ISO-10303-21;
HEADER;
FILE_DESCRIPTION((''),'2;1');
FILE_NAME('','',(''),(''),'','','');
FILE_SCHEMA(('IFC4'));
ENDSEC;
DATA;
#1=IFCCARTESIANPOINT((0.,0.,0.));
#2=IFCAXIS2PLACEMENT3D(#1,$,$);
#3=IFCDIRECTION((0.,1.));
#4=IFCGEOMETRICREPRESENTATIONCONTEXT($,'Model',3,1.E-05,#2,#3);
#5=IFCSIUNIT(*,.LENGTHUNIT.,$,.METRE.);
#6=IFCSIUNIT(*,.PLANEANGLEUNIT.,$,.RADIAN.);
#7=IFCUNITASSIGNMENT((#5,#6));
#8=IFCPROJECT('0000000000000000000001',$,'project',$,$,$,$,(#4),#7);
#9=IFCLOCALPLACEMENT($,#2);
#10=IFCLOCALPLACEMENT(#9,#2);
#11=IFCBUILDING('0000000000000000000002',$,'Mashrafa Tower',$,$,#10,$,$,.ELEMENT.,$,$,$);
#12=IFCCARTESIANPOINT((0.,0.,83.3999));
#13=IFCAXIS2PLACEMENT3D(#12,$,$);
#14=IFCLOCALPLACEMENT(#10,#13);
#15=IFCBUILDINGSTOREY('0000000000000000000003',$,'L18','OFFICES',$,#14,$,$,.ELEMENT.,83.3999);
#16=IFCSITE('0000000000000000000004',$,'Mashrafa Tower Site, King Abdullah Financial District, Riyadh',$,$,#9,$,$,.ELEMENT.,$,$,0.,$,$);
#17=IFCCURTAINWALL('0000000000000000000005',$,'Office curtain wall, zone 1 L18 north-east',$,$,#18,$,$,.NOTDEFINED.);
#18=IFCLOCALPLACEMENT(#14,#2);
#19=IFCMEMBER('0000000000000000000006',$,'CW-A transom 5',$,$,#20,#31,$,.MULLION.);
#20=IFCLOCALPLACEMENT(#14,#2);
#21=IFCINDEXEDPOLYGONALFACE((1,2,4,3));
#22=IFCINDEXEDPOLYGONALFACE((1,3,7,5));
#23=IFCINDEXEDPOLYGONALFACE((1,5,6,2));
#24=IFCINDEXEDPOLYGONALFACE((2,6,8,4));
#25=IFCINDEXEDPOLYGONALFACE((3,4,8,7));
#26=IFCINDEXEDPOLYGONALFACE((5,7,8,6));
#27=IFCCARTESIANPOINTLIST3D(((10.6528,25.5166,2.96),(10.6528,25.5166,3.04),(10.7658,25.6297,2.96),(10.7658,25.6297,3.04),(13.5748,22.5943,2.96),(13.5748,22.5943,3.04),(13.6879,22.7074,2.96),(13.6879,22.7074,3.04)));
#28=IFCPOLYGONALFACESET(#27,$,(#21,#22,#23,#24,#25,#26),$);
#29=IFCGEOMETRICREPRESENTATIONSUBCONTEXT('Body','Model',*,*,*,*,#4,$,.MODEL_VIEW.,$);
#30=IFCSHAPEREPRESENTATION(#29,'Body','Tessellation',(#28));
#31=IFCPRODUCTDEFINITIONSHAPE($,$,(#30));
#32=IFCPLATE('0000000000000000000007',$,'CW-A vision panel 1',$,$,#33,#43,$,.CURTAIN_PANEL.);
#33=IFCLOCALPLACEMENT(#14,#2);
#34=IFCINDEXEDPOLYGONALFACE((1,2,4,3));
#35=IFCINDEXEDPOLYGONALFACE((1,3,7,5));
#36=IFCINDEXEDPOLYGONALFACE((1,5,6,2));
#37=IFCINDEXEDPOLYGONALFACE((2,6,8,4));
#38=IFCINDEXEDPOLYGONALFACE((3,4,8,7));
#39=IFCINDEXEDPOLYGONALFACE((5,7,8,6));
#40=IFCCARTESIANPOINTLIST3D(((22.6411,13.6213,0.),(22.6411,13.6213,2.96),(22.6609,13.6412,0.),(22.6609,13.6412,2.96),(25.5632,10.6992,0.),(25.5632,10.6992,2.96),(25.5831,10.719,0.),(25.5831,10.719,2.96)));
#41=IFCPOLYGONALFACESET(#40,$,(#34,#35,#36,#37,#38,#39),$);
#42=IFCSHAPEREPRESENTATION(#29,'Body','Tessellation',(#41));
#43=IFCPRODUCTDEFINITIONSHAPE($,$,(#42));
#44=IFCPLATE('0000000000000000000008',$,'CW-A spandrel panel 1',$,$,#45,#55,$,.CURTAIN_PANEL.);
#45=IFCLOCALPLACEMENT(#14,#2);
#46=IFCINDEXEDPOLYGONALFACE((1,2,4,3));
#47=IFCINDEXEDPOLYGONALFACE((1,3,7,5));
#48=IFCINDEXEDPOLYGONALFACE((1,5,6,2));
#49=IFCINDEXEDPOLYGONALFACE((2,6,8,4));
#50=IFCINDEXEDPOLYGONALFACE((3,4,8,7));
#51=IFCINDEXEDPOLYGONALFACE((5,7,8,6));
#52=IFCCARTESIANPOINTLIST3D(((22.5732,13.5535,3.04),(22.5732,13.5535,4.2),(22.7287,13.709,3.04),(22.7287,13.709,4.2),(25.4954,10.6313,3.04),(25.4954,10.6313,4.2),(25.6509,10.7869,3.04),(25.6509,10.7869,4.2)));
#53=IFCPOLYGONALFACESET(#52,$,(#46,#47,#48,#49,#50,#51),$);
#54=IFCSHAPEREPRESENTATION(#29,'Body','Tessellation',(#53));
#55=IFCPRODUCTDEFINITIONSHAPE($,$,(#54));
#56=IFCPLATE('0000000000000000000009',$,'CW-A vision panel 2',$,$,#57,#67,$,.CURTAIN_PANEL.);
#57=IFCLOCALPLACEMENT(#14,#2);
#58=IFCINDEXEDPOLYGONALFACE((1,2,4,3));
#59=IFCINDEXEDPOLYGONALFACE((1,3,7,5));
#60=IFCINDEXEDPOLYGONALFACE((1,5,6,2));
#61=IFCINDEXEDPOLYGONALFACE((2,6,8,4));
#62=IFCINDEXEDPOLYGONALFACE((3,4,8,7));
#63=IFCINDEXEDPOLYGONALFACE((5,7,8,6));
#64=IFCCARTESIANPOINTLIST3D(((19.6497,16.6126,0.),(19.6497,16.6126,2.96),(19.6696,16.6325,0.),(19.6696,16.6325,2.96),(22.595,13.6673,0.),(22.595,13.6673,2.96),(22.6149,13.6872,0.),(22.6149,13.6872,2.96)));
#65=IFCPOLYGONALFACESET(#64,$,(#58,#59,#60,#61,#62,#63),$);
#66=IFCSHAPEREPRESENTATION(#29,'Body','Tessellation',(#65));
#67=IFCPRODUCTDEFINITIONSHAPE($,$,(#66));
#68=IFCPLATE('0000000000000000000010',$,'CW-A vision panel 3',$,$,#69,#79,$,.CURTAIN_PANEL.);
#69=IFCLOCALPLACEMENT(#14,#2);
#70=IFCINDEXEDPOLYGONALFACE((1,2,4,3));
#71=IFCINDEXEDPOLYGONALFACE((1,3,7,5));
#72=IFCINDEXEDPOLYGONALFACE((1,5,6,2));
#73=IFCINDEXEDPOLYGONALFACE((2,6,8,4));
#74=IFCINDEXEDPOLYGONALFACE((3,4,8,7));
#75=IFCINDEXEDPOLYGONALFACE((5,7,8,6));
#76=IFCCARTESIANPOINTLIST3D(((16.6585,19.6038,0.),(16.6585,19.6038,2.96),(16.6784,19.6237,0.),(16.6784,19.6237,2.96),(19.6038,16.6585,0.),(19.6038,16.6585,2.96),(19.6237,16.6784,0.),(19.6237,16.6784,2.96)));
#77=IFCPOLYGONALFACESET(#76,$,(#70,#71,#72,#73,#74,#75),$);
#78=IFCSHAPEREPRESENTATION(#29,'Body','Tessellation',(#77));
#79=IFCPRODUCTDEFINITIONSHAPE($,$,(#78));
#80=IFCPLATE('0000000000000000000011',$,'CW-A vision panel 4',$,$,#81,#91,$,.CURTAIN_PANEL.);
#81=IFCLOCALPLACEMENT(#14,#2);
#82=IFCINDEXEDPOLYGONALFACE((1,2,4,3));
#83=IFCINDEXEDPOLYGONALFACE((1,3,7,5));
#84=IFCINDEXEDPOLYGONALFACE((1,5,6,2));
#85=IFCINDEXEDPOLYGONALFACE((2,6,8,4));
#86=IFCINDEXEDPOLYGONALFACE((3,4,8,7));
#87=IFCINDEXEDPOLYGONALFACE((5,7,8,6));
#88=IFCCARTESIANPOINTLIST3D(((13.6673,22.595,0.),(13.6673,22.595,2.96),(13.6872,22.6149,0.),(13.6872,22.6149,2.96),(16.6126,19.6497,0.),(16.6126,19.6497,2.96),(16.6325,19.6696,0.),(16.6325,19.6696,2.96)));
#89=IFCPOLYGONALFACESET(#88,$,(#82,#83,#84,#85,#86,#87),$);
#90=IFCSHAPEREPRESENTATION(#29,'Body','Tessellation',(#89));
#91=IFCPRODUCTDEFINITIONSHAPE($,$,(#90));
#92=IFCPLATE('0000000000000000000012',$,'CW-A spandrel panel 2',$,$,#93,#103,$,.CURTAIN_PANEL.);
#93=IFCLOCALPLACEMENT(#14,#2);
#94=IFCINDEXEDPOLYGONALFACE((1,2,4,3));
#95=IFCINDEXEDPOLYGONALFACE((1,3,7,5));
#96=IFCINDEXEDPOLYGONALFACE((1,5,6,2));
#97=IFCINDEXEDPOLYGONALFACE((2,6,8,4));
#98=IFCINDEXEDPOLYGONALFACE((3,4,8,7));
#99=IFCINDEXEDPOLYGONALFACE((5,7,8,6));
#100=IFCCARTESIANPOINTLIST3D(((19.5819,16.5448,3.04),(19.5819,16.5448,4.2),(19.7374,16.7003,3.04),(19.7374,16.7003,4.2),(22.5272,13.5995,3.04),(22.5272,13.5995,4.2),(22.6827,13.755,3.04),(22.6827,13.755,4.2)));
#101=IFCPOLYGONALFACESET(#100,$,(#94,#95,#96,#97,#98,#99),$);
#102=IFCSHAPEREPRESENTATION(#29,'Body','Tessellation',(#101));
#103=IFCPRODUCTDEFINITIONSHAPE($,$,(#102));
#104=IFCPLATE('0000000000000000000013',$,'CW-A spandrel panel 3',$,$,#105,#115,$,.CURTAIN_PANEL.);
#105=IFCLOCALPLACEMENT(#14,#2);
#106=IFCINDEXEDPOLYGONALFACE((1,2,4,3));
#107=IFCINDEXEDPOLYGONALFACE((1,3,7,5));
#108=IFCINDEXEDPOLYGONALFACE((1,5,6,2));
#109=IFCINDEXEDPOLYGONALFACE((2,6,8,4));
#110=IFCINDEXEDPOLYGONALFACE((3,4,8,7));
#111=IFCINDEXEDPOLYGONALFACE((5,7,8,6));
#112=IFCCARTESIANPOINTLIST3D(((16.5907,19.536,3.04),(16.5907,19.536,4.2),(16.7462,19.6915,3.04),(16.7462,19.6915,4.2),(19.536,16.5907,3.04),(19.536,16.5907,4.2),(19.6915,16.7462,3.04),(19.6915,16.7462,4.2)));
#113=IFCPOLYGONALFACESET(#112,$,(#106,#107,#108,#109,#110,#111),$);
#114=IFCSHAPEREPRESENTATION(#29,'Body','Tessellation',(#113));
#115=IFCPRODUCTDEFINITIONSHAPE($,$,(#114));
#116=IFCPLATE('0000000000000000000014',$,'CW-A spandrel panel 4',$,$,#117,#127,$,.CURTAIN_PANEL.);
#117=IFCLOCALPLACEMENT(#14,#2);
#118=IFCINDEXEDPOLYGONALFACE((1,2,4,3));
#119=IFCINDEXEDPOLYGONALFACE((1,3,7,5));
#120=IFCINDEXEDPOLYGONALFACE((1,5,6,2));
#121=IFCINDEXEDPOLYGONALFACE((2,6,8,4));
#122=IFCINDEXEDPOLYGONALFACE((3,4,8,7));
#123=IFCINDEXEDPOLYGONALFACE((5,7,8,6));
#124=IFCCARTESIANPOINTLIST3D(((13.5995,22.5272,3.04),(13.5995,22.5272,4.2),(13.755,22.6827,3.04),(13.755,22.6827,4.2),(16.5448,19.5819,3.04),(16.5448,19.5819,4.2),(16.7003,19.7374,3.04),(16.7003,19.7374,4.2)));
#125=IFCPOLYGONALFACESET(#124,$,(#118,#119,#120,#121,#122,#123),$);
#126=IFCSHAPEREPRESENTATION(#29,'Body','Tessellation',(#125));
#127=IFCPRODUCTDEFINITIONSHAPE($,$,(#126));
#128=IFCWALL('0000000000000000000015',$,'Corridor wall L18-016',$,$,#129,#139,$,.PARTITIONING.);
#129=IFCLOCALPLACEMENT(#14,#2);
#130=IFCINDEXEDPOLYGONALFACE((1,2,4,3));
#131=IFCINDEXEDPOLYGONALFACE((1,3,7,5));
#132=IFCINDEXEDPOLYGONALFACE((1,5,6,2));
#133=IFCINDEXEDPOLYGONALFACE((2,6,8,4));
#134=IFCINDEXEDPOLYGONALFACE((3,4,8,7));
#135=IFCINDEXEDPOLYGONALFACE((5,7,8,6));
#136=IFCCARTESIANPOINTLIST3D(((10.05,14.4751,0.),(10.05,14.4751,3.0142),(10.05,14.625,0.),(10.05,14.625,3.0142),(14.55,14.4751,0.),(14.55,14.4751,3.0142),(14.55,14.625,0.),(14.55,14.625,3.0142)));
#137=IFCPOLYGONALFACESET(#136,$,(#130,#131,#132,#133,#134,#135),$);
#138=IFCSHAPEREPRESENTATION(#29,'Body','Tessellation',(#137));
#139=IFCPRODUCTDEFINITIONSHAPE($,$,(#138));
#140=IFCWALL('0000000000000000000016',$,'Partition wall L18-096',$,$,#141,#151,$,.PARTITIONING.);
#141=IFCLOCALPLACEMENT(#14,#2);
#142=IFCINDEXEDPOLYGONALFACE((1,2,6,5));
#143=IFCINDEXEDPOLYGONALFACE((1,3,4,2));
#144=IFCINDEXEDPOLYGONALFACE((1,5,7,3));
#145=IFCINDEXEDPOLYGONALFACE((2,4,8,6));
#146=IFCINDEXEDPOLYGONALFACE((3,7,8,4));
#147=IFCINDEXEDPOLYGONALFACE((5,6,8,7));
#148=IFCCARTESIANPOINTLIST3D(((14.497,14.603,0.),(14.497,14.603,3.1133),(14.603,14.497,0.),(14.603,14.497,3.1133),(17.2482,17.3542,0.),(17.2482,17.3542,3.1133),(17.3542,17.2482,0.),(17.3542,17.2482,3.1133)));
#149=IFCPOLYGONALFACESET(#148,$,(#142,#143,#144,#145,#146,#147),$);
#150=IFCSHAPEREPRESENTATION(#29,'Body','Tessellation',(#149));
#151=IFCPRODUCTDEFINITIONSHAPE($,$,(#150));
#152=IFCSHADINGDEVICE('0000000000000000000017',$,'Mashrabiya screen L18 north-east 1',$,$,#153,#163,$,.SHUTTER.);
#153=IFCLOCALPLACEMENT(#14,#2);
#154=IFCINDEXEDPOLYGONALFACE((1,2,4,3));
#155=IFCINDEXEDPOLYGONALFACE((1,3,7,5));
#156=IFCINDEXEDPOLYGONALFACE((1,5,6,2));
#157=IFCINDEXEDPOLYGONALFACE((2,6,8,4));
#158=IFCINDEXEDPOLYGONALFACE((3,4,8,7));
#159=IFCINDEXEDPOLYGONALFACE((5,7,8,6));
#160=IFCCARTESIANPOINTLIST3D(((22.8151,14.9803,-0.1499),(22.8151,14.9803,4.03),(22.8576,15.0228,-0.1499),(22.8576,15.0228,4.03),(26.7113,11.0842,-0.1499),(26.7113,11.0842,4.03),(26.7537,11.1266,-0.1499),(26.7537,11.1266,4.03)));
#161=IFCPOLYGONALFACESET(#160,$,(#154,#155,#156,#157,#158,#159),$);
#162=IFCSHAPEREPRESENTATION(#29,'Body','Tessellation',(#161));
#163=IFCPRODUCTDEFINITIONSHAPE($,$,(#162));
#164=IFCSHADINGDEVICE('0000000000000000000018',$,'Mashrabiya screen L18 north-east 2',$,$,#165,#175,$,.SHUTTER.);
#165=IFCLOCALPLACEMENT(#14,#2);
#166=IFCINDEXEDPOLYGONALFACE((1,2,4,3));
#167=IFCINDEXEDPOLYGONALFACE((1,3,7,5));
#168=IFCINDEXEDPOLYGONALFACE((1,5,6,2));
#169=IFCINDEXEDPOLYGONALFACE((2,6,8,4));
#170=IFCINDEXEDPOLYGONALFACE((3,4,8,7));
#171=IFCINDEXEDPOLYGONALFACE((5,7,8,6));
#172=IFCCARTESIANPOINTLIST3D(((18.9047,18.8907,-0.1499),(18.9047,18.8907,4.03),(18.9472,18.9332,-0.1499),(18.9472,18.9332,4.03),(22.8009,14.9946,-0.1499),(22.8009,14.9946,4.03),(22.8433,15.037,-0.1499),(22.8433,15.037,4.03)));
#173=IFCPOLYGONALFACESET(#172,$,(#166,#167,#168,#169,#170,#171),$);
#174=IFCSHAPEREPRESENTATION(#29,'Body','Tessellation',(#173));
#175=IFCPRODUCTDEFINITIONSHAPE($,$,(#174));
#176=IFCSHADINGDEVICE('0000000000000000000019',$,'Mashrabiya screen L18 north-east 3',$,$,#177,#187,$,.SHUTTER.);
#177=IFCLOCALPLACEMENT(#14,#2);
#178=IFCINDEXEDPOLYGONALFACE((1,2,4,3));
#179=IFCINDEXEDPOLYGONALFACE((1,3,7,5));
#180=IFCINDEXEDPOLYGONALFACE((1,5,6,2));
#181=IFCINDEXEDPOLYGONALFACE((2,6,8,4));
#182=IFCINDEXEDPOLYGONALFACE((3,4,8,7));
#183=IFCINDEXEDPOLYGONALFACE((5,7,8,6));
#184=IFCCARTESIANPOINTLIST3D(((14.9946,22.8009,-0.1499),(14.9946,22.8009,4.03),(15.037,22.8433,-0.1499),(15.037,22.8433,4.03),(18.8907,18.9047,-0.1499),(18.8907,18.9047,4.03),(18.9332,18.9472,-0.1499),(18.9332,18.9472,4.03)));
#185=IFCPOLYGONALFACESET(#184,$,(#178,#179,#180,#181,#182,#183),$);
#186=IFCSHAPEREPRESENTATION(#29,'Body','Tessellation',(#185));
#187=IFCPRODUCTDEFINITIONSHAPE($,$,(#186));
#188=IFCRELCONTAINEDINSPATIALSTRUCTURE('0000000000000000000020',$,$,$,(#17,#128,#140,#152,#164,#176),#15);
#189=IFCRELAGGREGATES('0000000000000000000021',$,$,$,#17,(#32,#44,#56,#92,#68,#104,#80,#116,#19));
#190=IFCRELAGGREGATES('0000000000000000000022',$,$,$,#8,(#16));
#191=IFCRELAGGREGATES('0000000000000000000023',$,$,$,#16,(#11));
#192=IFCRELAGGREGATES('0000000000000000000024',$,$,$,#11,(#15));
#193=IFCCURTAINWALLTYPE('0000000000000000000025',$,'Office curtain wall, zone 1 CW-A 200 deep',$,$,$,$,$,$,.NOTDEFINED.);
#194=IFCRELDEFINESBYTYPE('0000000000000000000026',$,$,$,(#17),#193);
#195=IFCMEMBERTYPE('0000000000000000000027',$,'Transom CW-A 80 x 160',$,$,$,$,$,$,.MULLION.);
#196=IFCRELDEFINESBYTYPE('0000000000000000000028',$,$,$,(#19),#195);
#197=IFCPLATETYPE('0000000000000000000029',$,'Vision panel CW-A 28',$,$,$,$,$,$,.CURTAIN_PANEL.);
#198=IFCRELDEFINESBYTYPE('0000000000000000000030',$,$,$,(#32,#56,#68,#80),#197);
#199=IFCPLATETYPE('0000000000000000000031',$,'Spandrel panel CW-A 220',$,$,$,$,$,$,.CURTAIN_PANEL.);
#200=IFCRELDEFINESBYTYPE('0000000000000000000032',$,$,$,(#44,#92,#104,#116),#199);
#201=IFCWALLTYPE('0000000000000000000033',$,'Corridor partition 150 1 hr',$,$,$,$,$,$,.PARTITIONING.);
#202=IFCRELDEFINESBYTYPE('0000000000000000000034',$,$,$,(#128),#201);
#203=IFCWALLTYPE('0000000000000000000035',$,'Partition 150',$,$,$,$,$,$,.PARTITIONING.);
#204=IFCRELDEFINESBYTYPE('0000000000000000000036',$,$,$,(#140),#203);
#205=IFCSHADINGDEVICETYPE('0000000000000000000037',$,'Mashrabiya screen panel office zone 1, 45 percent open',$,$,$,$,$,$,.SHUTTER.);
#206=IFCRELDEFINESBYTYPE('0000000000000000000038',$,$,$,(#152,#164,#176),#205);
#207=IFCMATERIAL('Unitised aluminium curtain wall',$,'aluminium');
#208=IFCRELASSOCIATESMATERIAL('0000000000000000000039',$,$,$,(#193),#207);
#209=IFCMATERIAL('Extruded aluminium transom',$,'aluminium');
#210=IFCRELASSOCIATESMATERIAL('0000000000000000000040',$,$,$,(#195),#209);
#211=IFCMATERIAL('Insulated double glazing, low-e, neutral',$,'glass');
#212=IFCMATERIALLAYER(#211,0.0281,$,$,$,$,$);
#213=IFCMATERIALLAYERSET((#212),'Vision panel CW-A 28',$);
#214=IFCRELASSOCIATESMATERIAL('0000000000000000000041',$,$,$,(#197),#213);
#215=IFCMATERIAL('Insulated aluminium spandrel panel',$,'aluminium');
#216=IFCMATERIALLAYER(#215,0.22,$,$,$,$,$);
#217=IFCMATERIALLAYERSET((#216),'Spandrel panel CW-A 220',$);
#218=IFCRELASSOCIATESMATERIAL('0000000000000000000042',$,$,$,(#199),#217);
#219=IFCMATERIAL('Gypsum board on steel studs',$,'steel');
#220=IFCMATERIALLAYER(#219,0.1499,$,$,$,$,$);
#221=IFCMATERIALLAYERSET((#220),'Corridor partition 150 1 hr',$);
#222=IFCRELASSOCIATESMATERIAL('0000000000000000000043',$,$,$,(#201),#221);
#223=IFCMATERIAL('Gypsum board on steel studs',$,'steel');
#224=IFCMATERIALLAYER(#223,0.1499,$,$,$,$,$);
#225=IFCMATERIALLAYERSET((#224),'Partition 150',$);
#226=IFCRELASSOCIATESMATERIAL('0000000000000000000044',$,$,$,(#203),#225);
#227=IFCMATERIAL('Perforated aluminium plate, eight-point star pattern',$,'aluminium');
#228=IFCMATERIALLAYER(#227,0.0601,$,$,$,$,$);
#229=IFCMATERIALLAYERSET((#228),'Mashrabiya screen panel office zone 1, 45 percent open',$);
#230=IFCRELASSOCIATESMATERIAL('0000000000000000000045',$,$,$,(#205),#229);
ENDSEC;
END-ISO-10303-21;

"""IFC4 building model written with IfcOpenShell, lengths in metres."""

from ifc_helpers import new_model, si_unit, direction, frame, frame_2d, origin, origin_2d, place, context, subcontext, project, spatial, rectangle, extrude, source, transform, mapped, material, layer, layer_set, material_profile, profile_set, type_object, type_shapes, element, aggregate, save


model = new_model("IFC4")

# Units and contexts
model_context = context("Model", 3, precision=1e-05, world=origin(), true_north=direction((0.0, 1.0)))
body_context = subcontext(model_context, "Body", "Model", "MODEL_VIEW")
ifc_project = project(units=[si_unit("LENGTHUNIT", "METRE"), si_unit("PLANEANGLEUNIT", "RADIAN")], contexts=[model_context])

# Site, building, storey
site_placement = place(None, origin())
site = spatial("IfcSite", under=ifc_project, at=site_placement, Name="Mashrafa Tower Site, King Abdullah Financial District, Riyadh", CompositionType="ELEMENT", RefElevation=0.0)
building_placement = place(site_placement, origin())
building = spatial("IfcBuilding", under=site, at=building_placement, Name="Mashrafa Tower", CompositionType="ELEMENT")
storey_placement = place(building_placement, frame((0.0, 0.0, 83.3999)))
storey = spatial("IfcBuildingStorey", under=building, at=storey_placement, Name="L18", Description="OFFICES", CompositionType="ELEMENT", Elevation=83.3999)

# Shared definitions
ifc_material_1 = material(Name="Unitised aluminium curtain wall", Category="aluminium")
curtain_wall_type = type_object("IfcCurtainWallType", Name="Office curtain wall, zone 1 CW-A 200 deep", PredefinedType="NOTDEFINED", material=ifc_material_1)

# Curtain wall, member, plates
curtain_wall_1_placement = place(storey_placement, origin())
curtain_wall_1 = element("IfcCurtainWall", 1, at=curtain_wall_1_placement, inside=storey, type_object=curtain_wall_type, Name="Office curtain wall, zone 1 L18 north-east", PredefinedType="NOTDEFINED")
ifc_material_2 = material(Name="Extruded aluminium transom", Category="aluminium")
ifc_material_profile_1 = material_profile(ifc_material_2, rectangle(XDim=0.1599, YDim=0.0801, at=origin_2d()), Name="Transom 80x160")
ifc_profile_set_1 = profile_set([ifc_material_profile_1], Name="Extruded aluminium transom")
member_type_1 = type_object("IfcMemberType", Name="Transom CW-A 80 x 160", PredefinedType="MULLION", material=ifc_profile_set_1)
shared_shape_1 = source(origin(), body_context, "Body", "SweptSolid", [
    extrude(rectangle(XDim=0.1599, YDim=0.0801, at=origin_2d()), origin(), (0.0, 0.0, 1.0), 4.1326),
])
member_1_placement = place(storey_placement, frame((13.6313, 22.6509, 3.0), z_axis=(-0.707077, 0.707136, 0.0), x_axis=(-0.707136, -0.707077, 0.0)))
member_1 = element("IfcMember", 2, at=member_1_placement, type_object=member_type_1, Name="CW-A transom 5", PredefinedType="MULLION", context=body_context, shape_type="MappedRepresentation", body=[
    mapped(shared_shape_1, transform((0.0, 0.0, 0.0))),
])
ifc_material_3 = material(Name="Insulated double glazing, low-e, neutral", Category="glass")
ifc_layer_1 = layer(ifc_material_3, 0.0281)
ifc_layer_set_1 = layer_set([ifc_layer_1], Name="Vision panel CW-A 28")
plate_type_1 = type_object("IfcPlateType", Name="Vision panel CW-A 28", PredefinedType="CURTAIN_PANEL", material=ifc_layer_set_1)
shared_shape_2 = source(origin(), body_context, "Body", "SweptSolid", [
    extrude(rectangle(XDim=4.1326, YDim=0.0281, at=origin_2d()), origin(), (0.0, 0.0, 1.0), 2.96),
])
plate_1_placement = place(storey_placement, frame((24.1121, 12.1702, 0.0), z_axis=(0.0, 0.0, 1.0), x_axis=(-0.707107, 0.707107, 0.0)))
plate_1 = element("IfcPlate", 3, at=plate_1_placement, type_object=plate_type_1, Name="CW-A vision panel 1", PredefinedType="CURTAIN_PANEL", context=body_context, shape_type="MappedRepresentation", body=[
    mapped(shared_shape_2, transform((0.0, 0.0, 0.0))),
])
ifc_material_4 = material(Name="Insulated aluminium spandrel panel", Category="aluminium")
ifc_layer_2 = layer(ifc_material_4, 0.22)
ifc_layer_set_2 = layer_set([ifc_layer_2], Name="Spandrel panel CW-A 220")
plate_type_2 = type_object("IfcPlateType", Name="Spandrel panel CW-A 220", PredefinedType="CURTAIN_PANEL", material=ifc_layer_set_2)
shared_shape_3 = source(origin(), body_context, "Body", "SweptSolid", [
    extrude(rectangle(XDim=4.1326, YDim=0.22, at=origin_2d()), origin(), (0.0, 0.0, 1.0), 1.1599),
])
plate_2_placement = place(storey_placement, frame((24.1121, 12.1702, 3.04), z_axis=(0.0, 0.0, 1.0), x_axis=(-0.707107, 0.707107, 0.0)))
plate_2 = element("IfcPlate", 4, at=plate_2_placement, type_object=plate_type_2, Name="CW-A spandrel panel 1", PredefinedType="CURTAIN_PANEL", context=body_context, shape_type="MappedRepresentation", body=[
    mapped(shared_shape_3, transform((0.0, 0.0, 0.0))),
])
shared_shape_4 = source(origin(), body_context, "Body", "SweptSolid", [
    extrude(rectangle(XDim=4.1653, YDim=0.0281, at=origin_2d()), origin(), (0.0, 0.0, 1.0), 2.96),
])
type_shapes(plate_type_1, [shared_shape_2, shared_shape_4])
plate_3_placement = place(storey_placement, frame((21.1323, 15.1499, 0.0), z_axis=(0.0, 0.0, 1.0), x_axis=(-0.707107, 0.707107, 0.0)))
plate_3 = element("IfcPlate", 5, at=plate_3_placement, type_object=plate_type_1, Name="CW-A vision panel 2", PredefinedType="CURTAIN_PANEL", context=body_context, shape_type="MappedRepresentation", body=[
    mapped(shared_shape_4, transform((0.0, 0.0, 0.0))),
])
plate_4_placement = place(storey_placement, frame((18.1411, 18.1411, 0.0), z_axis=(0.0, 0.0, 1.0), x_axis=(-0.707107, 0.707107, 0.0)))
plate_4 = element("IfcPlate", 6, at=plate_4_placement, type_object=plate_type_1, Name="CW-A vision panel 3", PredefinedType="CURTAIN_PANEL", context=body_context, shape_type="MappedRepresentation", body=[
    mapped(shared_shape_4, transform((0.0, 0.0, 0.0))),
])
plate_5_placement = place(storey_placement, frame((15.1499, 21.1323, 0.0), z_axis=(0.0, 0.0, 1.0), x_axis=(-0.707107, 0.707107, 0.0)))
plate_5 = element("IfcPlate", 7, at=plate_5_placement, type_object=plate_type_1, Name="CW-A vision panel 4", PredefinedType="CURTAIN_PANEL", context=body_context, shape_type="MappedRepresentation", body=[
    mapped(shared_shape_4, transform((0.0, 0.0, 0.0))),
])
shared_shape_5 = source(origin(), body_context, "Body", "SweptSolid", [
    extrude(rectangle(XDim=4.1653, YDim=0.22, at=origin_2d()), origin(), (0.0, 0.0, 1.0), 1.1599),
])
type_shapes(plate_type_2, [shared_shape_3, shared_shape_5])
plate_6_placement = place(storey_placement, frame((21.1323, 15.1499, 3.04), z_axis=(0.0, 0.0, 1.0), x_axis=(-0.707107, 0.707107, 0.0)))
plate_6 = element("IfcPlate", 8, at=plate_6_placement, type_object=plate_type_2, Name="CW-A spandrel panel 2", PredefinedType="CURTAIN_PANEL", context=body_context, shape_type="MappedRepresentation", body=[
    mapped(shared_shape_5, transform((0.0, 0.0, 0.0))),
])
plate_7_placement = place(storey_placement, frame((18.1411, 18.1411, 3.04), z_axis=(0.0, 0.0, 1.0), x_axis=(-0.707107, 0.707107, 0.0)))
plate_7 = element("IfcPlate", 9, at=plate_7_placement, type_object=plate_type_2, Name="CW-A spandrel panel 3", PredefinedType="CURTAIN_PANEL", context=body_context, shape_type="MappedRepresentation", body=[
    mapped(shared_shape_5, transform((0.0, 0.0, 0.0))),
])
plate_8_placement = place(storey_placement, frame((15.1499, 21.1323, 3.04), z_axis=(0.0, 0.0, 1.0), x_axis=(-0.707107, 0.707107, 0.0)))
plate_8 = element("IfcPlate", 10, at=plate_8_placement, type_object=plate_type_2, Name="CW-A spandrel panel 4", PredefinedType="CURTAIN_PANEL", context=body_context, shape_type="MappedRepresentation", body=[
    mapped(shared_shape_5, transform((0.0, 0.0, 0.0))),
])
aggregate(curtain_wall_1, [plate_1, plate_2, plate_3, plate_6, plate_4, plate_7, plate_5, plate_8, member_1])

# Walls
ifc_material_5 = material(Name="Gypsum board on steel studs", Category="steel")
ifc_layer_3 = layer(ifc_material_5, 0.1499)
ifc_layer_set_3 = layer_set([ifc_layer_3], Name="Corridor partition 150 1 hr")
wall_type_1 = type_object("IfcWallType", Name="Corridor partition 150 1 hr", PredefinedType="PARTITIONING", material=ifc_layer_set_3)
wall_1_placement = place(storey_placement, frame((14.55, 14.55, 0.0), z_axis=(0.0, 0.0, 1.0), x_axis=(-1.0, 0.0, 0.0)))
element("IfcWall", 11, at=wall_1_placement, inside=storey, type_object=wall_type_1, Name="Corridor wall L18-016", PredefinedType="PARTITIONING", context=body_context, shape_type="SweptSolid", body=[
    extrude(rectangle(XDim=4.5, YDim=0.1499, at=frame_2d((2.25, 0.0))), origin(), (0.0, 0.0, 1.0), 3.0142),
])
ifc_material_6 = material(Name="Gypsum board on steel studs", Category="steel")
ifc_layer_4 = layer(ifc_material_6, 0.1499)
ifc_layer_set_4 = layer_set([ifc_layer_4], Name="Partition 150")
wall_type_2 = type_object("IfcWallType", Name="Partition 150", PredefinedType="PARTITIONING", material=ifc_layer_set_4)
wall_2_placement = place(storey_placement, frame((14.55, 14.55, 0.0), z_axis=(0.0, 0.0, 1.0), x_axis=(0.707107, 0.707107, 0.0)))
element("IfcWall", 12, at=wall_2_placement, inside=storey, type_object=wall_type_2, Name="Partition wall L18-096", PredefinedType="PARTITIONING", context=body_context, shape_type="SweptSolid", body=[
    extrude(rectangle(XDim=3.8909, YDim=0.1499, at=frame_2d((1.9453, 0.0))), origin(), (0.0, 0.0, 1.0), 3.1133),
])

# Shading devices
ifc_material_7 = material(Name="Perforated aluminium plate, eight-point star pattern", Category="aluminium")
ifc_layer_5 = layer(ifc_material_7, 0.0601)
ifc_layer_set_5 = layer_set([ifc_layer_5], Name="Mashrabiya screen panel office zone 1, 45 percent open")
shading_device_type = type_object("IfcShadingDeviceType", Name="Mashrabiya screen panel office zone 1, 45 percent open", PredefinedType="SHUTTER", material=ifc_layer_set_5)
shared_shape_6 = source(origin(), body_context, "Body", "SweptSolid", [
    extrude(rectangle(XDim=5.51, YDim=0.0601, at=origin_2d()), origin(), (0.0, 0.0, 1.0), 4.1799),
])
type_shapes(shading_device_type, [shared_shape_6])
for number, where, z_axis, x_axis, name in (
    (13, (24.7844, 13.0535, -0.1499), (0.0, 0.0, 1.0), (-0.707107, 0.707107, 0.0), "Mashrabiya screen L18 north-east 1"),
    (14, (20.874, 16.9639, -0.1499), (0.0, 0.0, 1.0), (-0.707107, 0.707107, 0.0), "Mashrabiya screen L18 north-east 2"),
    (15, (16.9639, 20.874, -0.1499), (0.0, 0.0, 1.0), (-0.707107, 0.707107, 0.0), "Mashrabiya screen L18 north-east 3"),
):
    element("IfcShadingDevice", number, at=place(storey_placement, frame(where, z_axis=z_axis, x_axis=x_axis)), inside=storey, type_object=shading_device_type, Name=name, PredefinedType="SHUTTER", context=body_context, shape_type="MappedRepresentation", body=[
        mapped(shared_shape_6, transform((0.0, 0.0, 0.0))),
    ])

save(model, "model.ifc")
